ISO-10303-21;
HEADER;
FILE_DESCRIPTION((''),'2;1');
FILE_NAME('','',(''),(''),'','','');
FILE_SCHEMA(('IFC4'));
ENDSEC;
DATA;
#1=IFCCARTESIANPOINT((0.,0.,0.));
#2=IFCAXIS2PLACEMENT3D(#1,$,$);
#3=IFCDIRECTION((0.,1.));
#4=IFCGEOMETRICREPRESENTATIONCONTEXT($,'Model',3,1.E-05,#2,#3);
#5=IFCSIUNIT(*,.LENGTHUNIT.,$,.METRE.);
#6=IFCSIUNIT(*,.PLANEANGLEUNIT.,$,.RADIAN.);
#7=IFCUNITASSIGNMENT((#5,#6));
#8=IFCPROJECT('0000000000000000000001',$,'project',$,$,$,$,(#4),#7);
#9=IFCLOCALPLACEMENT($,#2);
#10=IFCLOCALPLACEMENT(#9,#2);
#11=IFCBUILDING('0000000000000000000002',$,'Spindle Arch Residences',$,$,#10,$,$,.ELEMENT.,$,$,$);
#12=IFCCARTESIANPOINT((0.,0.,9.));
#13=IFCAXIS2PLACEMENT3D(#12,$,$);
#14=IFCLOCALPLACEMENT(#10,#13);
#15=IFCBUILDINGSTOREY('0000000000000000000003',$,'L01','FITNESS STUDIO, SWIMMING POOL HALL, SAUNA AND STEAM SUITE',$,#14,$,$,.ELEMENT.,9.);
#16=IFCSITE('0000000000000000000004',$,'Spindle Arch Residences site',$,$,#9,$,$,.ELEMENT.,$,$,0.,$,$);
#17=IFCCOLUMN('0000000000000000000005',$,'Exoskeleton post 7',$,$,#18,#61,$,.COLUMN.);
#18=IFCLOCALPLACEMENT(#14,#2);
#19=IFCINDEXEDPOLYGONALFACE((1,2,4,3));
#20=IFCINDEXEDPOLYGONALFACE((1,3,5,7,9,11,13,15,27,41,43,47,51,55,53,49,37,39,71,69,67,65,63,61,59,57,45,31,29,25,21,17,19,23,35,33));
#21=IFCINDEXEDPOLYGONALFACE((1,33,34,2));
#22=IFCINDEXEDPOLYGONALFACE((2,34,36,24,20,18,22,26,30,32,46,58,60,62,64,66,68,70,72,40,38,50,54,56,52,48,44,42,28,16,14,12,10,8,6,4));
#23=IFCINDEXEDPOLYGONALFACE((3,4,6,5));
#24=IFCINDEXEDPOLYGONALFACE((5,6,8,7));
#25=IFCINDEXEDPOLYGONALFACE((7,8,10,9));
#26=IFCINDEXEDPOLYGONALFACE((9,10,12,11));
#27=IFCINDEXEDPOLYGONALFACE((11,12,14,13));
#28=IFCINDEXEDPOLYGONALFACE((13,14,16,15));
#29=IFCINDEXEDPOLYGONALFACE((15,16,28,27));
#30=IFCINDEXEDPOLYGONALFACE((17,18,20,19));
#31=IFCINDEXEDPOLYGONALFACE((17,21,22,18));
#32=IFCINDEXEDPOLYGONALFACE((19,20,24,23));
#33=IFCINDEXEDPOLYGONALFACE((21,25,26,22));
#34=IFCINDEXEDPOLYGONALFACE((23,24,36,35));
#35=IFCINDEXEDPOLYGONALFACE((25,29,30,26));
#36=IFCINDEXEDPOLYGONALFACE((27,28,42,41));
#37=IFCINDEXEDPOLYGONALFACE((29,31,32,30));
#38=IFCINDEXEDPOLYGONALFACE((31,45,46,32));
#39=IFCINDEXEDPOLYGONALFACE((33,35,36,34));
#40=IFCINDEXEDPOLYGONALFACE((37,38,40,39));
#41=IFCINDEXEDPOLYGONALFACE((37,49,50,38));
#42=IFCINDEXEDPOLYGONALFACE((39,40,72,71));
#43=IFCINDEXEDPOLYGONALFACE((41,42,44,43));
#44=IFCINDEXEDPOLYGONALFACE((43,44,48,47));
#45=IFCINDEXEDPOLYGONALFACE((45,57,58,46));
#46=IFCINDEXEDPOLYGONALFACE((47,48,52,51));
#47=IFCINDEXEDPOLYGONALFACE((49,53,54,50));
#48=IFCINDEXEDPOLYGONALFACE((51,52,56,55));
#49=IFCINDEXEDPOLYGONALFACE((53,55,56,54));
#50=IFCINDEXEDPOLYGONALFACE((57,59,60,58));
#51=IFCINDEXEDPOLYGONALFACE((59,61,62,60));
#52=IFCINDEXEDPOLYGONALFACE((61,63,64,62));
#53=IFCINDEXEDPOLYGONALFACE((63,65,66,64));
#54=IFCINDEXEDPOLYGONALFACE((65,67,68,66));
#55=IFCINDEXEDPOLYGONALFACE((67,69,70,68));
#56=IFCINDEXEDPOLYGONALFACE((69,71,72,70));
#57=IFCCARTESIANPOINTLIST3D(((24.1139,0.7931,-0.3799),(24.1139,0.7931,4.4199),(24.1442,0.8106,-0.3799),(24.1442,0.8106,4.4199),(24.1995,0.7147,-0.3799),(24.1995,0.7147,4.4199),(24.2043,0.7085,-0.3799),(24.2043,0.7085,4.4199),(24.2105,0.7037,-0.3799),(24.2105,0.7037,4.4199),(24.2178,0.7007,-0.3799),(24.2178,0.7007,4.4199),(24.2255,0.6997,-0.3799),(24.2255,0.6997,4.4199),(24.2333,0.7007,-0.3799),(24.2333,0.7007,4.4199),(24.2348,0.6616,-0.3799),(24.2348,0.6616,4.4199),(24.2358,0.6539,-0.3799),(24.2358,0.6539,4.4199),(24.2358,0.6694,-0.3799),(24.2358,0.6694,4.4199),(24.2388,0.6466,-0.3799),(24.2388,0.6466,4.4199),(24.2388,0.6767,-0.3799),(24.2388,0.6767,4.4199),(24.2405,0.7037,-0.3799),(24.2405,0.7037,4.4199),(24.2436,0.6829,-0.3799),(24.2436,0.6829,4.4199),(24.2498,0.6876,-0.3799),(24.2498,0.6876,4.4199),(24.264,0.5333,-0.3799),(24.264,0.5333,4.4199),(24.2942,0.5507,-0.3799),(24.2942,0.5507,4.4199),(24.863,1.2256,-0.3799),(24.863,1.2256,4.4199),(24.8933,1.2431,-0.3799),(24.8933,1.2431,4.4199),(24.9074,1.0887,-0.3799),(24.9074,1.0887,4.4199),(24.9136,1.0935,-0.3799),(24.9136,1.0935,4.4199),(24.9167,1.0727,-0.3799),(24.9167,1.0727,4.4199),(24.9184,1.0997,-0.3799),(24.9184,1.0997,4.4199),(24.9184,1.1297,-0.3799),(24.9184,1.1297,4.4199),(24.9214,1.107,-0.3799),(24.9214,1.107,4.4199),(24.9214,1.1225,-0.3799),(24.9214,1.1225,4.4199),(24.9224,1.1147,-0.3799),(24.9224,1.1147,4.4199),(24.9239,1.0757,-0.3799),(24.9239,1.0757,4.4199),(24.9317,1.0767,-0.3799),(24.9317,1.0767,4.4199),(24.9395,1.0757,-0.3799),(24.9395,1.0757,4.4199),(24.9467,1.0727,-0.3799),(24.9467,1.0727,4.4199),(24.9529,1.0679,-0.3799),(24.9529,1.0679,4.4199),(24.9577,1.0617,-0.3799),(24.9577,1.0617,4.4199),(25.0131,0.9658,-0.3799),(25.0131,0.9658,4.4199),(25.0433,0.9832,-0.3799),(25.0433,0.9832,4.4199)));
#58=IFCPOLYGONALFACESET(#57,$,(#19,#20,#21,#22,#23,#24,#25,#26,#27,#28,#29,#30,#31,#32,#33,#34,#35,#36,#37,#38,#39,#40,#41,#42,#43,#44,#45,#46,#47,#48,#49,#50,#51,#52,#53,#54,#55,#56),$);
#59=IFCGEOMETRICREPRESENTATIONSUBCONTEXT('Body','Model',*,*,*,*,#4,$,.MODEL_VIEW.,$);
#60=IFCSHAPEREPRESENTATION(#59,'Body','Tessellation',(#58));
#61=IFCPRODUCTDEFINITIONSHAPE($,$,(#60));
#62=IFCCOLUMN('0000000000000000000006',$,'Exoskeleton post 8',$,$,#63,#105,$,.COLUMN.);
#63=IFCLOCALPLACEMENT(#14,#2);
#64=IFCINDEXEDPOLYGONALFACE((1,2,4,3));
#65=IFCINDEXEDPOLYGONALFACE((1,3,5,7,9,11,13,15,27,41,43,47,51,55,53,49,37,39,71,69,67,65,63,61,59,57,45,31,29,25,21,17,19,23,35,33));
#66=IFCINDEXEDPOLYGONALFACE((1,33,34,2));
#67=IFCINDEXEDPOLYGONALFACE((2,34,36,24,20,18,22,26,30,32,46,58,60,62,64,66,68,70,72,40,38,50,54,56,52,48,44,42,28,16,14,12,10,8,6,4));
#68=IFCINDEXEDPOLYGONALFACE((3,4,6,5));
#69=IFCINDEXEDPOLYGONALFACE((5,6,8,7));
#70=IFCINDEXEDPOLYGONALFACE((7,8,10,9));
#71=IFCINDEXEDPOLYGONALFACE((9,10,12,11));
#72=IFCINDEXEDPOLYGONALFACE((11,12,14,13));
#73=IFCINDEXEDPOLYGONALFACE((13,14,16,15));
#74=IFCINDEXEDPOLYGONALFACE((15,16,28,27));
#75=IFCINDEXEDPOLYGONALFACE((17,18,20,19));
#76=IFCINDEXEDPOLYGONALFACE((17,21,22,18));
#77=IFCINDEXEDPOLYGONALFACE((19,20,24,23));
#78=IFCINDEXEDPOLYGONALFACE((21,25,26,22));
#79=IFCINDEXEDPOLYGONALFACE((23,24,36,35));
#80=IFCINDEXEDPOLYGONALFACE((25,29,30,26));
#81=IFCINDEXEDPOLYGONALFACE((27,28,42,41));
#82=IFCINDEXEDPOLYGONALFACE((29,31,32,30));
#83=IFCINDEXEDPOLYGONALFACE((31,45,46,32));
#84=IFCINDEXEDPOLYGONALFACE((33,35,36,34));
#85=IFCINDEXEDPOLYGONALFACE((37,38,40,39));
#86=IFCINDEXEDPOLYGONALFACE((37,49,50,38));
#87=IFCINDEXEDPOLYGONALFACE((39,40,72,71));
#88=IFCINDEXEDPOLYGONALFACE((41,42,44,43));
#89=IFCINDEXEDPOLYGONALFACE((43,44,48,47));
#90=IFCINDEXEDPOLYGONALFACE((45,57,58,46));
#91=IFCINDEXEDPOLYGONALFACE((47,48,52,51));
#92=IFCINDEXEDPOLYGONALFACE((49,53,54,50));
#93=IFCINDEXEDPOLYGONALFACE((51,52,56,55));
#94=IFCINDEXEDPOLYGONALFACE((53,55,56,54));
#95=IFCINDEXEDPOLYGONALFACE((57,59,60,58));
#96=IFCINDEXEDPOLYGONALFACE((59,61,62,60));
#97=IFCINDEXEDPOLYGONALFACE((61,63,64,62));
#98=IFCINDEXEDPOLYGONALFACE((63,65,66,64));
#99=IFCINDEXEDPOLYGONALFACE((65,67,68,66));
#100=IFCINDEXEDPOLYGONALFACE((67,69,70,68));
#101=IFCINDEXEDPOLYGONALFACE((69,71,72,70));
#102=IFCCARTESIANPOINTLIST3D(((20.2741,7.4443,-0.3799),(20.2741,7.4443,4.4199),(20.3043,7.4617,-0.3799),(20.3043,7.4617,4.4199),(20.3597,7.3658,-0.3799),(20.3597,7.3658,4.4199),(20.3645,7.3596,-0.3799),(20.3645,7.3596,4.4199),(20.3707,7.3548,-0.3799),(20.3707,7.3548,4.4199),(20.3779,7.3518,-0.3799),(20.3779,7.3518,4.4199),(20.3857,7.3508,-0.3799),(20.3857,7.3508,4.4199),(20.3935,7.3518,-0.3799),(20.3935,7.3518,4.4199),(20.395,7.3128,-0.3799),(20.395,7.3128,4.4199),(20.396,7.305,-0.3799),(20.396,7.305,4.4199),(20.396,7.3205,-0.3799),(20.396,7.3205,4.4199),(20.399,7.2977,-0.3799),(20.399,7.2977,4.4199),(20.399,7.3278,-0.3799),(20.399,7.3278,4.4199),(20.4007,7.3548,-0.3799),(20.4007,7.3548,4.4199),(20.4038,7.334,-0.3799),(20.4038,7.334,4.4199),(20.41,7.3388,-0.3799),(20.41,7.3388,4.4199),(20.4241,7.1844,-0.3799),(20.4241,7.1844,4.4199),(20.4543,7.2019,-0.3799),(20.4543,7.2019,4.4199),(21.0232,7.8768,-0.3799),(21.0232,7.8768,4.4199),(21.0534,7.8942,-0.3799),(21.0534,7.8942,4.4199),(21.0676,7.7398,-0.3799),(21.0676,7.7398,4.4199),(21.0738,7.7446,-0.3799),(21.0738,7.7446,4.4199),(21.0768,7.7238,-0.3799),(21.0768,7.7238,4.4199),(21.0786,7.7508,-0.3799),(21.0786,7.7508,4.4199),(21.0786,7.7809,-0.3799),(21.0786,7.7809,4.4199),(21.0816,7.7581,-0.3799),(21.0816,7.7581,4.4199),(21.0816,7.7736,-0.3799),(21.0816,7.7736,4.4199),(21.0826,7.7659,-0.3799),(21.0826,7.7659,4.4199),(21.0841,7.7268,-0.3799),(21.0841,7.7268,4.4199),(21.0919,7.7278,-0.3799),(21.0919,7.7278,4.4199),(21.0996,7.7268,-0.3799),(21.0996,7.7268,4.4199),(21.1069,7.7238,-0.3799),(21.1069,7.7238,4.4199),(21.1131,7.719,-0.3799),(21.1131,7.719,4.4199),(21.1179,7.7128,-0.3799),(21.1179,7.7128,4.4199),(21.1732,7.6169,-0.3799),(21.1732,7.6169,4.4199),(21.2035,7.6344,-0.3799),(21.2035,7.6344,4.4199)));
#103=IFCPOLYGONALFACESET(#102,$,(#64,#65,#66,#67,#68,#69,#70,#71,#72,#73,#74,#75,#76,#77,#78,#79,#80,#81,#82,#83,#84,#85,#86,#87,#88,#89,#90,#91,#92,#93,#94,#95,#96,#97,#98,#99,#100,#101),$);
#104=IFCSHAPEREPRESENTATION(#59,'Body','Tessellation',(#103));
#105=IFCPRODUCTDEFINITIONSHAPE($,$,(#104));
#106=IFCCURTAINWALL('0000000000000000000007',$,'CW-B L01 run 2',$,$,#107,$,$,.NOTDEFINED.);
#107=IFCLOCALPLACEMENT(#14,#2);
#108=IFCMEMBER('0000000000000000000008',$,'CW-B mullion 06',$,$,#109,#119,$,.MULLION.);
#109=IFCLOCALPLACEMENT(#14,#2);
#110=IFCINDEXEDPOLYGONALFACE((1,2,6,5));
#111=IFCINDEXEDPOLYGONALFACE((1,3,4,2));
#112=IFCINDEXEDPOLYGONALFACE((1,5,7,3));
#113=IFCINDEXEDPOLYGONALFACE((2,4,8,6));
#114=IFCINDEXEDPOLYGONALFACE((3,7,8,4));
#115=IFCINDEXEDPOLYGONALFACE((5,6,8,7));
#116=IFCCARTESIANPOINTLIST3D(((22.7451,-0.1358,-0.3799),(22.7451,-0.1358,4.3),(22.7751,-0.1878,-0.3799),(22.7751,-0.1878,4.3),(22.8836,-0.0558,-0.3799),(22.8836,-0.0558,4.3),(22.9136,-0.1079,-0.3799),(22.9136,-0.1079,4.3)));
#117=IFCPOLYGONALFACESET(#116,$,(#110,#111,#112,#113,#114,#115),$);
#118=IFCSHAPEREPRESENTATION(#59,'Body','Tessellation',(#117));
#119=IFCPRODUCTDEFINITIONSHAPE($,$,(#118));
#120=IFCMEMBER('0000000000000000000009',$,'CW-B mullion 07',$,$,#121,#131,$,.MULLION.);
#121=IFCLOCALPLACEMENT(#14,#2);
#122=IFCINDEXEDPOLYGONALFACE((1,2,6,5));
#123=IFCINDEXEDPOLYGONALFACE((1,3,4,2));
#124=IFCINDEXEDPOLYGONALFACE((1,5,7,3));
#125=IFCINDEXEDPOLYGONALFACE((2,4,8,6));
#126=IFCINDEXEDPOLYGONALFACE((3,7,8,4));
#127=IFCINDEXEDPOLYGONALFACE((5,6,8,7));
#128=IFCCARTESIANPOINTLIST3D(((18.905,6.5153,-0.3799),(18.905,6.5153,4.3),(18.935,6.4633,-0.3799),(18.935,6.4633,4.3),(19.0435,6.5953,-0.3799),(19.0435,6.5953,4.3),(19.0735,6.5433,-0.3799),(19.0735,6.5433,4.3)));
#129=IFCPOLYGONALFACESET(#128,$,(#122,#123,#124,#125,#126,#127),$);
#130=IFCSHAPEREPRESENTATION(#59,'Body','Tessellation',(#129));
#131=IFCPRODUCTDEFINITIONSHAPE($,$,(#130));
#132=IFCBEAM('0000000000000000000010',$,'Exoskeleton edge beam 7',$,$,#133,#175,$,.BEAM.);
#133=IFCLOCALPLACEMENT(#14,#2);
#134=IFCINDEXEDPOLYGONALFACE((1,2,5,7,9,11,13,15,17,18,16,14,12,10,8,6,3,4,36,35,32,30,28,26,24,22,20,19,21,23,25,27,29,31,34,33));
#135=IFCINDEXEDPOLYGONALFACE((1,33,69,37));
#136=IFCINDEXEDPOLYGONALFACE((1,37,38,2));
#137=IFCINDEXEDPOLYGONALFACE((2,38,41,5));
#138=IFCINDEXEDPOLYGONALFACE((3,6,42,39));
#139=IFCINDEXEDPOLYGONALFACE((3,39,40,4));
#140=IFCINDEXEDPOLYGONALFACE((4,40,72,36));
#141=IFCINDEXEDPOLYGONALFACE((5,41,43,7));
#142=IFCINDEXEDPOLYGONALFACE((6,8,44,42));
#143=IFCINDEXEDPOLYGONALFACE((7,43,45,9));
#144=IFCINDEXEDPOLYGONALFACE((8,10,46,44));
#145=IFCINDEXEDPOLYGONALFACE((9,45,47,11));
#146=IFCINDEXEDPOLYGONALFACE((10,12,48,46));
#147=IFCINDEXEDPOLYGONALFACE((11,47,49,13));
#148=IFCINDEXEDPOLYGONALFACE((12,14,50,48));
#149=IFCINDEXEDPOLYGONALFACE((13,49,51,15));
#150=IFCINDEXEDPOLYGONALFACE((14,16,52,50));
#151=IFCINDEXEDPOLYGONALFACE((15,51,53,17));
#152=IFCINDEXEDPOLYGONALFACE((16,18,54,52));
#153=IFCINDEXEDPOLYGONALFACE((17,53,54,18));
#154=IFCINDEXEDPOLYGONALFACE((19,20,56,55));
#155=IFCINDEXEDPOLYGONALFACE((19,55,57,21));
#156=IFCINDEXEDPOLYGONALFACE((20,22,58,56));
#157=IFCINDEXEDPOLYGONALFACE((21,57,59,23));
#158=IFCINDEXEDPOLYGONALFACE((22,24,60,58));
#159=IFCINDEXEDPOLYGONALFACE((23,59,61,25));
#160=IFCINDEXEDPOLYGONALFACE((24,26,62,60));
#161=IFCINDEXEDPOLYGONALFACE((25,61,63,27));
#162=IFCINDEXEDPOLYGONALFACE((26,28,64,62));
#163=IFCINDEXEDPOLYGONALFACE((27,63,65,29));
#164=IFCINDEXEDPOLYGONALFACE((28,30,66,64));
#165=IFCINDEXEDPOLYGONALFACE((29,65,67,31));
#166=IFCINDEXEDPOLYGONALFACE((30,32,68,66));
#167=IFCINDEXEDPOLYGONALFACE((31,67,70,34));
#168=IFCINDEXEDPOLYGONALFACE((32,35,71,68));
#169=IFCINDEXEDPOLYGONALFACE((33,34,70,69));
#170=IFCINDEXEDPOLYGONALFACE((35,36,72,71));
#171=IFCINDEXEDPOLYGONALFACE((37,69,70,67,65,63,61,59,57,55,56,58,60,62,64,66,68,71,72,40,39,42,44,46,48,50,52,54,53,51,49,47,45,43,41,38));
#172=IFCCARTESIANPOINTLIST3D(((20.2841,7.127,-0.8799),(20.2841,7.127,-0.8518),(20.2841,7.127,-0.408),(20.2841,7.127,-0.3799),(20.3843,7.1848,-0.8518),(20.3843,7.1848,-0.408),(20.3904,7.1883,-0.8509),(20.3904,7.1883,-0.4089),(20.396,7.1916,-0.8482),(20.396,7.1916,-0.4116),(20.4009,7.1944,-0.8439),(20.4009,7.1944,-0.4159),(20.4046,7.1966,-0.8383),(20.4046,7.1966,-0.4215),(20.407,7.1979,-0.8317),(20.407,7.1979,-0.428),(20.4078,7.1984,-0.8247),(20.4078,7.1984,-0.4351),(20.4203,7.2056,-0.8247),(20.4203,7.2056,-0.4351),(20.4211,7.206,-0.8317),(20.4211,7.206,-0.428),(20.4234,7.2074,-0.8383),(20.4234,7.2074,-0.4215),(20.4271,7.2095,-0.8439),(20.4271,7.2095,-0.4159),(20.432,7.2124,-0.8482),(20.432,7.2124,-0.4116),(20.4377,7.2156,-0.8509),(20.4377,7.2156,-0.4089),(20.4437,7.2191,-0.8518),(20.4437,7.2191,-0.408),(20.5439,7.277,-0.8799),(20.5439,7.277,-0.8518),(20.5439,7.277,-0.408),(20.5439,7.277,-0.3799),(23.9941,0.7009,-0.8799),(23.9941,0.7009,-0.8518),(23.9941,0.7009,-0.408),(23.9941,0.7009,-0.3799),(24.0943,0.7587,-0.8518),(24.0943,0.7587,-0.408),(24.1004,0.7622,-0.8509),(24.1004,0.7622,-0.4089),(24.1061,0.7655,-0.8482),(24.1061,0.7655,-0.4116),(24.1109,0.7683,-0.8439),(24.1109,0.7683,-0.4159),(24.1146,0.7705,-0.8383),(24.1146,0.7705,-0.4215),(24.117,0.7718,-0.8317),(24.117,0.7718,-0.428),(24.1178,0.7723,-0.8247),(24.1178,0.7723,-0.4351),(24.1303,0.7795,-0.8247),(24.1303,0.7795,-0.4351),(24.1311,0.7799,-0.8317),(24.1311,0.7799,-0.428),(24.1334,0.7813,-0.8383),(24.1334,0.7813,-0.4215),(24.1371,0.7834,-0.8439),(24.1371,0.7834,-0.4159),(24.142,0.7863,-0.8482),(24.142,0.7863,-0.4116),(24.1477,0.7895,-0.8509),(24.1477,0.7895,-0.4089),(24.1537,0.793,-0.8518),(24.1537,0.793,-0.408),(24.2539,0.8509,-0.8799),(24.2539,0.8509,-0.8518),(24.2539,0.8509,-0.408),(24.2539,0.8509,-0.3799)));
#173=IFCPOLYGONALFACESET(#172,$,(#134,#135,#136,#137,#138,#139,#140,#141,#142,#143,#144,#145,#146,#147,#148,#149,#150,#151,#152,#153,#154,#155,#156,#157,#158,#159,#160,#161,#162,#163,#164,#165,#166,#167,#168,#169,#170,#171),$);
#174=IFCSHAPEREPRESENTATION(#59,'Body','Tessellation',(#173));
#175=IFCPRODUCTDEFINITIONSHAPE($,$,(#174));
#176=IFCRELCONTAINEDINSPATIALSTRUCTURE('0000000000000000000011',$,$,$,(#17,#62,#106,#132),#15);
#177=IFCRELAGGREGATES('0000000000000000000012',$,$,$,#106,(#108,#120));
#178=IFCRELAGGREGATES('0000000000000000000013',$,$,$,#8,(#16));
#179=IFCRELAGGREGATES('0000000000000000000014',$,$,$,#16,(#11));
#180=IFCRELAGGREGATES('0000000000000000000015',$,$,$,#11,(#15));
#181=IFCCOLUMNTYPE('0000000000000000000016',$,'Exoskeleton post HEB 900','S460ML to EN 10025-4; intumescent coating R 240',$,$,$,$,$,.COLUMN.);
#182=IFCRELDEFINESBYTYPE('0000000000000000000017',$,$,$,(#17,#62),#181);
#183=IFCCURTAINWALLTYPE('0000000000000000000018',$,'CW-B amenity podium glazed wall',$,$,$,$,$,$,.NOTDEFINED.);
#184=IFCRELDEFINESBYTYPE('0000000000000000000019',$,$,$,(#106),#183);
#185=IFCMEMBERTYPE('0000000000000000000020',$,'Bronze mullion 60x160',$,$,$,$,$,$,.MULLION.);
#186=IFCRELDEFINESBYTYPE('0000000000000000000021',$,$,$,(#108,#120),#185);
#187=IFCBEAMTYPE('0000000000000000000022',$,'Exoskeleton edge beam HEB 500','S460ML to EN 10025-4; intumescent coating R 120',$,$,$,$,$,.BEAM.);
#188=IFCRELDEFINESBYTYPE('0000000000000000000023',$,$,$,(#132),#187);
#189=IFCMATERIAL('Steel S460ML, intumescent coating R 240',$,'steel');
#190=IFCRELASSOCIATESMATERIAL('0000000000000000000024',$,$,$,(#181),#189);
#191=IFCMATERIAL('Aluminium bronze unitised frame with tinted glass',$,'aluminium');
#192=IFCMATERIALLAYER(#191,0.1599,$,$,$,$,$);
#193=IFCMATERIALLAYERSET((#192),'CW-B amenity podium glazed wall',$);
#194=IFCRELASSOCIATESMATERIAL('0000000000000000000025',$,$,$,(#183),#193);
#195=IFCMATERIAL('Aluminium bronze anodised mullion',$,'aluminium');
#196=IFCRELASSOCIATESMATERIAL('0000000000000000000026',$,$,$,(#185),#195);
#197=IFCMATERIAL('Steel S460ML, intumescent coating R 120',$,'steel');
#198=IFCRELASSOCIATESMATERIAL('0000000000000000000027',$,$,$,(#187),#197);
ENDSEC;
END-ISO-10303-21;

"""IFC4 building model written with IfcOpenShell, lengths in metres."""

from ifc_helpers import new_model, si_unit, direction, frame, origin, origin_2d, place, context, subcontext, project, spatial, rectangle, i_section, extrude, material, layer, layer_set, material_profile, profile_set, type_object, element, aggregate, save


model = new_model("IFC4")

# Units and contexts
model_context = context("Model", 3, precision=1e-05, world=origin(), true_north=direction((0.0, 1.0)))
body_context = subcontext(model_context, "Body", "Model", "MODEL_VIEW")
ifc_project = project(units=[si_unit("LENGTHUNIT", "METRE"), si_unit("PLANEANGLEUNIT", "RADIAN")], contexts=[model_context])

# Site, building, storey
site_placement = place(None, origin())
site = spatial("IfcSite", under=ifc_project, at=site_placement, Name="Spindle Arch Residences site", CompositionType="ELEMENT", RefElevation=0.0)
building_placement = place(site_placement, origin())
building = spatial("IfcBuilding", under=site, at=building_placement, Name="Spindle Arch Residences", CompositionType="ELEMENT")
storey_placement = place(building_placement, frame((0.0, 0.0, 9.0)))
storey = spatial("IfcBuildingStorey", under=building, at=storey_placement, Name="L01", Description="FITNESS STUDIO, SWIMMING POOL HALL, SAUNA AND STEAM SUITE", CompositionType="ELEMENT", Elevation=9.0)

# Columns
ifc_material_1 = material(Name="Steel S460ML, intumescent coating R 240", Category="steel")
ifc_material_profile_1 = material_profile(ifc_material_1, i_section(OverallWidth=0.3, OverallDepth=0.8999, WebThickness=0.0186, FlangeThickness=0.0349, FilletRadius=0.03, at=origin_2d()), Name="HEB 900")
ifc_profile_set_1 = profile_set([ifc_material_profile_1], Name="Steel S460ML, intumescent coating R 240")
column_type = type_object("IfcColumnType", Name="Exoskeleton post HEB 900", Description="S460ML to EN 10025-4; intumescent coating R 240", PredefinedType="COLUMN", material=ifc_profile_set_1)
for number, where, z_axis, x_axis, name in (
    (1, (24.5786, 0.8882, -0.3799), (0.0, 0.0, 1.0), (0.5, -0.866025, 0.0), "Exoskeleton post 7"),
    (2, (20.7388, 7.5393, -0.3799), (0.0, 0.0, 1.0), (0.5, -0.866025, 0.0), "Exoskeleton post 8"),
):
    element("IfcColumn", number, at=place(storey_placement, frame(where, z_axis=z_axis, x_axis=x_axis)), inside=storey, type_object=column_type, Name=name, PredefinedType="COLUMN", context=body_context, shape_type="SweptSolid", body=[
        extrude(i_section(OverallWidth=0.3, OverallDepth=0.8999, WebThickness=0.0186, FlangeThickness=0.0349, FilletRadius=0.03, at=origin_2d()), origin(), (0.0, 0.0, 1.0), 4.7998),
    ])

# Curtain wall, members
ifc_material_2 = material(Name="Aluminium bronze unitised frame with tinted glass", Category="aluminium")
ifc_layer_1 = layer(ifc_material_2, 0.1599)
ifc_layer_set_1 = layer_set([ifc_layer_1], Name="CW-B amenity podium glazed wall")
curtain_wall_type = type_object("IfcCurtainWallType", Name="CW-B amenity podium glazed wall", PredefinedType="NOTDEFINED", material=ifc_layer_set_1)
curtain_wall_placement = place(storey_placement, origin())
curtain_wall = element("IfcCurtainWall", 3, at=curtain_wall_placement, inside=storey, type_object=curtain_wall_type, Name="CW-B L01 run 2", PredefinedType="NOTDEFINED")
ifc_material_3 = material(Name="Aluminium bronze anodised mullion", Category="aluminium")
ifc_material_profile_2 = material_profile(ifc_material_3, rectangle(XDim=0.1599, YDim=0.0601, at=origin_2d()), Name="MU 60x160")
ifc_profile_set_2 = profile_set([ifc_material_profile_2], Name="Aluminium bronze anodised mullion")
member_type = type_object("IfcMemberType", Name="Bronze mullion 60x160", PredefinedType="MULLION", material=ifc_profile_set_2)
member_1_placement = place(storey_placement, frame((22.8293, -0.1218, -0.3799), z_axis=(0.0, 0.0, 1.0), x_axis=(-0.866025, -0.5, 0.0)))
member_1 = element("IfcMember", 4, at=member_1_placement, type_object=member_type, Name="CW-B mullion 06", PredefinedType="MULLION", context=body_context, shape_type="SweptSolid", body=[
    extrude(rectangle(XDim=0.1599, YDim=0.0601, at=origin_2d()), origin(), (0.0, 0.0, 1.0), 4.6799),
])
member_2_placement = place(storey_placement, frame((18.9893, 6.5293, -0.3799), z_axis=(0.0, 0.0, 1.0), x_axis=(-0.866025, -0.5, 0.0)))
member_2 = element("IfcMember", 5, at=member_2_placement, type_object=member_type, Name="CW-B mullion 07", PredefinedType="MULLION", context=body_context, shape_type="SweptSolid", body=[
    extrude(rectangle(XDim=0.1599, YDim=0.0601, at=origin_2d()), origin(), (0.0, 0.0, 1.0), 4.6799),
])

# Beam
ifc_material_4 = material(Name="Steel S460ML, intumescent coating R 120", Category="steel")
ifc_material_profile_3 = material_profile(ifc_material_4, i_section(OverallWidth=0.3, OverallDepth=0.5, WebThickness=0.0144, FlangeThickness=0.0281, FilletRadius=0.0271, at=origin_2d()), Name="HEB 500")
ifc_profile_set_3 = profile_set([ifc_material_profile_3], Name="Steel S460ML, intumescent coating R 120")
beam_type_1 = type_object("IfcBeamType", Name="Exoskeleton edge beam HEB 500", Description="S460ML to EN 10025-4; intumescent coating R 120", PredefinedType="BEAM", material=ifc_profile_set_3)
beam_1_placement = place(storey_placement, frame((24.124, 0.7759, -0.6299), z_axis=(-0.499989, 0.866032, 0.0), x_axis=(-0.866032, -0.499989, 0.0)))
element("IfcBeam", 6, at=beam_1_placement, inside=storey, type_object=beam_type_1, Name="Exoskeleton edge beam 7", PredefinedType="BEAM", context=body_context, shape_type="SweptSolid", body=[
    extrude(i_section(OverallWidth=0.3, OverallDepth=0.5, WebThickness=0.0144, FlangeThickness=0.0281, FilletRadius=0.0271, at=origin_2d()), origin(), (0.0, 0.0, 1.0), 7.4202),
])

aggregate(curtain_wall, [member_1, member_2])

save(model, "model.ifc")
